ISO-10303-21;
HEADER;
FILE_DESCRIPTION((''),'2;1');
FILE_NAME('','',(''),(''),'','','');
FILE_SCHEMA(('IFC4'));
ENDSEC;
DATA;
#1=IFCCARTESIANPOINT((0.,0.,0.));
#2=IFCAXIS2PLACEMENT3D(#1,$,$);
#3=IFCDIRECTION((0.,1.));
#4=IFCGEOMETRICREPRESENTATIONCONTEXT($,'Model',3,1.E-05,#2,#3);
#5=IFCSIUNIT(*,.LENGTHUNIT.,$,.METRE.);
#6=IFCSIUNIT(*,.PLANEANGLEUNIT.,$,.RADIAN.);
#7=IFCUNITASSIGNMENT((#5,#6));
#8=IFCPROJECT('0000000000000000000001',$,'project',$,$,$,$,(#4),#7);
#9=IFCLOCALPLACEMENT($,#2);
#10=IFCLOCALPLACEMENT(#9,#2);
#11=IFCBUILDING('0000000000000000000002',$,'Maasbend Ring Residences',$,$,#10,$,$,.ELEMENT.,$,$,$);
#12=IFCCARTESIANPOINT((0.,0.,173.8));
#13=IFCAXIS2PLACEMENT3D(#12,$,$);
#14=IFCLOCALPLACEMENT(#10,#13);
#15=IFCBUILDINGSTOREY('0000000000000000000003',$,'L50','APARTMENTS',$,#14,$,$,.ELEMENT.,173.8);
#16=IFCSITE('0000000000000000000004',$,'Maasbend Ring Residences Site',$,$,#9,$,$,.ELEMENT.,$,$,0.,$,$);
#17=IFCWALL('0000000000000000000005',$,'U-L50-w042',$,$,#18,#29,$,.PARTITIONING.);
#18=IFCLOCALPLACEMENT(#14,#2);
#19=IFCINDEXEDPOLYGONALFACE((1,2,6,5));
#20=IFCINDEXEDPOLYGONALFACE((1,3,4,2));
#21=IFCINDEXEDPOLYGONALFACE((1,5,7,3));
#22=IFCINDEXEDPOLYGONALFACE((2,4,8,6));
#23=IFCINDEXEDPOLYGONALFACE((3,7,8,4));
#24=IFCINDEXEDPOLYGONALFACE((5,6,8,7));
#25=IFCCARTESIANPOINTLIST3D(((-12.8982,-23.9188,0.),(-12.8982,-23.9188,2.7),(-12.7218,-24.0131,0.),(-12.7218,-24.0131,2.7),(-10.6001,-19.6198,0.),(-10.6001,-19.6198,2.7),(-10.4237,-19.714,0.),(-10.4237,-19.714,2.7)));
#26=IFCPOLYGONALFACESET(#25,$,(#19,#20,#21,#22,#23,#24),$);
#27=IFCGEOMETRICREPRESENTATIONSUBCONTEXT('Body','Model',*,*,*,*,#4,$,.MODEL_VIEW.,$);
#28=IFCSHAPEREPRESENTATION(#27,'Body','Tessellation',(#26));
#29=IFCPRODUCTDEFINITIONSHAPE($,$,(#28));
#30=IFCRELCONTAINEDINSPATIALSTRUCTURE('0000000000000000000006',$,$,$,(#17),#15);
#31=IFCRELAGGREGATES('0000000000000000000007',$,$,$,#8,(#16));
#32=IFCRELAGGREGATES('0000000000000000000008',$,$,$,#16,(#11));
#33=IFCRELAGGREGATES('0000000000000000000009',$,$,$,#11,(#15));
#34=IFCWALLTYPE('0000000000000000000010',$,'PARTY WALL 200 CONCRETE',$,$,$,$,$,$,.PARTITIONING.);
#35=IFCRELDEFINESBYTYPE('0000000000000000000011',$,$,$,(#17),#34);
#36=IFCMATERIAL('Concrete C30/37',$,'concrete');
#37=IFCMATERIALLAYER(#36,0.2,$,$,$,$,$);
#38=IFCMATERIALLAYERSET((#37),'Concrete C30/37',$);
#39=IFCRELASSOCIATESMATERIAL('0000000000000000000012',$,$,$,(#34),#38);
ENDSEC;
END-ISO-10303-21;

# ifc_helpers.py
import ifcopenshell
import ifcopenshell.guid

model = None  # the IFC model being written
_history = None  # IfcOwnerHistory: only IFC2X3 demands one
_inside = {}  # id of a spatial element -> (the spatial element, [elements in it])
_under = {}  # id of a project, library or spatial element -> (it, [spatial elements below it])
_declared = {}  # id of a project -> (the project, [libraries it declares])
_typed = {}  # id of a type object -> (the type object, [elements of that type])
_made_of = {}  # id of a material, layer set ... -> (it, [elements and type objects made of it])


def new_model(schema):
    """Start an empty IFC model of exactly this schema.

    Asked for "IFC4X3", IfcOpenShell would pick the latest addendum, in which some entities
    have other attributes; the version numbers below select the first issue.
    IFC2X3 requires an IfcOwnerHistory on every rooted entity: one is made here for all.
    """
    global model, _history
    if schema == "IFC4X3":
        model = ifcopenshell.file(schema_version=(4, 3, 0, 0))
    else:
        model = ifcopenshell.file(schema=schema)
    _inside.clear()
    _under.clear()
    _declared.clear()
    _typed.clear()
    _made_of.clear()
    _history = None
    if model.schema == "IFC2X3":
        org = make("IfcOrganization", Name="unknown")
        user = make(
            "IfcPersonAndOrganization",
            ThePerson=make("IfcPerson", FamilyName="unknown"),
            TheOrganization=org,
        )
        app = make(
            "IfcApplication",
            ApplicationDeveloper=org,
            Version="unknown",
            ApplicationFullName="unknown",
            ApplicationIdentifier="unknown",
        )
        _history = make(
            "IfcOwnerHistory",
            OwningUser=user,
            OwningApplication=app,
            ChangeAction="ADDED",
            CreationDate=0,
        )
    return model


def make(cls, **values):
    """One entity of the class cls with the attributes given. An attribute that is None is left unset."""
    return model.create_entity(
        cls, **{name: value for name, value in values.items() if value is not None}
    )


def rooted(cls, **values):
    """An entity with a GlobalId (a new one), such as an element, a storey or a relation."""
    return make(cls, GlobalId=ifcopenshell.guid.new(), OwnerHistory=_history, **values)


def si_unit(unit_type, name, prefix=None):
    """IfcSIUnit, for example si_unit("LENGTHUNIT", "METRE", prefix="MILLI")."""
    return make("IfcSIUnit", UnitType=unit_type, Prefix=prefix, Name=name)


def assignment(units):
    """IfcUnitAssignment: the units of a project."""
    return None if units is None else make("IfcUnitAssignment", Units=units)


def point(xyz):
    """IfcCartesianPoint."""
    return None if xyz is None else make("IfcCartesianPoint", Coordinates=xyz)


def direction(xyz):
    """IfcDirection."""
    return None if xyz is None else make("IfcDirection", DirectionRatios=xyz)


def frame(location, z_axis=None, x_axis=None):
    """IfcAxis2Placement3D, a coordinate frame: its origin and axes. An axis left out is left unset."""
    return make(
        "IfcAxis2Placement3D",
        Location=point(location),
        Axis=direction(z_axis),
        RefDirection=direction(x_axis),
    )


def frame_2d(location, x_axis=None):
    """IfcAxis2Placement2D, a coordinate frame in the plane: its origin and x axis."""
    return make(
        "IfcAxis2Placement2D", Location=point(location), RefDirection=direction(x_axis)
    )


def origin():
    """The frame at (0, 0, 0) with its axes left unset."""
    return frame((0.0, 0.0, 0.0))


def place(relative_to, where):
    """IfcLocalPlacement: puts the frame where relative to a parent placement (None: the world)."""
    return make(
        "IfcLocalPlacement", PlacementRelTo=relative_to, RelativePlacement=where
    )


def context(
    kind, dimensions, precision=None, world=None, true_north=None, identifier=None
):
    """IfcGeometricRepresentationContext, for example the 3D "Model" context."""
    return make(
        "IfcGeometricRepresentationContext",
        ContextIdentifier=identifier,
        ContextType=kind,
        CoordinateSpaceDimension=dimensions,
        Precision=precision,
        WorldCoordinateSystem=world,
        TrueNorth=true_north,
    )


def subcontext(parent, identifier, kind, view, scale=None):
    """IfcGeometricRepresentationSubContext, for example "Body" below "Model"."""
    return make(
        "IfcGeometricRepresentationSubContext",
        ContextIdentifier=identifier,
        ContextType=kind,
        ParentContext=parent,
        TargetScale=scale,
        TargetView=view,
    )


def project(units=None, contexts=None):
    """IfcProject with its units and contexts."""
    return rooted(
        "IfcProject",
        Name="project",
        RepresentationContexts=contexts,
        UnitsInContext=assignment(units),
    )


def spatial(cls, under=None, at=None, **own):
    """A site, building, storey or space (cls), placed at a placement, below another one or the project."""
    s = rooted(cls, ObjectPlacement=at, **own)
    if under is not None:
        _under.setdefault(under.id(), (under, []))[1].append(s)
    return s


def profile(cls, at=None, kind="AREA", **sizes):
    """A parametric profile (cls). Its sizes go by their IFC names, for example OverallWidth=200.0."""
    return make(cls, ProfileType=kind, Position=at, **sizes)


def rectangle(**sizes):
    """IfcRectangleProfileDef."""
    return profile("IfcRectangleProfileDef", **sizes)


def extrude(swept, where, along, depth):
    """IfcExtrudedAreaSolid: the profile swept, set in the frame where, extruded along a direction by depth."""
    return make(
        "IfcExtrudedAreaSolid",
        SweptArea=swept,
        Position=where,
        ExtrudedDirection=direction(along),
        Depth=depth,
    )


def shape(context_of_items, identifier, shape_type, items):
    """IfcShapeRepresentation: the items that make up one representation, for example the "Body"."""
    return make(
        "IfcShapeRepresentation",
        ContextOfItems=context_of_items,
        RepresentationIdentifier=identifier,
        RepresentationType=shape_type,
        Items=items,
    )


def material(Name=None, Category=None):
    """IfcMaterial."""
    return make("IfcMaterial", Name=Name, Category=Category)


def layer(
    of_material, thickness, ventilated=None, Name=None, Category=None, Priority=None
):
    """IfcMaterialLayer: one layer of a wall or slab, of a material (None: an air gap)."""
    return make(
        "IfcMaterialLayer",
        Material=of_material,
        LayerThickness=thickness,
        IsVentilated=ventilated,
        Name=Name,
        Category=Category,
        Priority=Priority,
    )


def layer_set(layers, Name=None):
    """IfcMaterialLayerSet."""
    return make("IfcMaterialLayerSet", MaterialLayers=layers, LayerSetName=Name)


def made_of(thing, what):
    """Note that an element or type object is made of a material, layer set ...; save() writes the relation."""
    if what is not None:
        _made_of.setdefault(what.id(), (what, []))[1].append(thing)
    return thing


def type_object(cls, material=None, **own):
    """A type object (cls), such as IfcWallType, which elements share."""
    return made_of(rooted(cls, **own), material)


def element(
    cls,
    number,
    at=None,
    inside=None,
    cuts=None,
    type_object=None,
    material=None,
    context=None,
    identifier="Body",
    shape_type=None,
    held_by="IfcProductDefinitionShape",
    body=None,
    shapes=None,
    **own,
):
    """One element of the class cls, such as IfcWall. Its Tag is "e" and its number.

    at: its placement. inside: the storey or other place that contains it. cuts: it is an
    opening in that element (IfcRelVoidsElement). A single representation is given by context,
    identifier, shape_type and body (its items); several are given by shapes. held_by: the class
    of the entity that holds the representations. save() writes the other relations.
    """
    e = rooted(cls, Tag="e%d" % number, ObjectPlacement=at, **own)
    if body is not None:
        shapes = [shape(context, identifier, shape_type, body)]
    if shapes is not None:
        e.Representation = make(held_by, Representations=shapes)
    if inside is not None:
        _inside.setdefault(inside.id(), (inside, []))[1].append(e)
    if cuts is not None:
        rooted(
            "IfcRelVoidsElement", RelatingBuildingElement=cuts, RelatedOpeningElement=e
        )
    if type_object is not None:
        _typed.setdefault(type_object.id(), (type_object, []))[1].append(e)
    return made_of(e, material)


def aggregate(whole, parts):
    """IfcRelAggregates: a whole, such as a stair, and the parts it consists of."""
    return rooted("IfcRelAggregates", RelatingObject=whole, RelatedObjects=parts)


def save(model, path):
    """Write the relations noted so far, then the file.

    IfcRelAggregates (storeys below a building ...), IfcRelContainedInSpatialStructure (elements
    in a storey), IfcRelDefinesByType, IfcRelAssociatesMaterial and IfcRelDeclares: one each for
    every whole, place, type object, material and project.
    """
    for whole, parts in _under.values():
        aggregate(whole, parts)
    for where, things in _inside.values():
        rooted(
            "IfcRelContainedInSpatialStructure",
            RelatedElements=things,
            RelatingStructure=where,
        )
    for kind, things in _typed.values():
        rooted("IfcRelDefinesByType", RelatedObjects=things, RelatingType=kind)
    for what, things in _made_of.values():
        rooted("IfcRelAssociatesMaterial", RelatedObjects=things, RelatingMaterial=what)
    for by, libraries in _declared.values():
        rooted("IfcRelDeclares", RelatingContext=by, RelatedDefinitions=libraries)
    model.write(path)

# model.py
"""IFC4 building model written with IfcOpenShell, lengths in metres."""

from ifc_helpers import new_model, si_unit, direction, frame, frame_2d, origin, place, context, subcontext, project, spatial, rectangle, extrude, material, layer, layer_set, type_object, element, save


model = new_model("IFC4")

# Units and contexts
model_context = context("Model", 3, precision=1e-05, world=origin(), true_north=direction((0.0, 1.0)))
body_context = subcontext(model_context, "Body", "Model", "MODEL_VIEW")
ifc_project = project(units=[si_unit("LENGTHUNIT", "METRE"), si_unit("PLANEANGLEUNIT", "RADIAN")], contexts=[model_context])

# Site, building, storey
site_placement = place(None, origin())
site = spatial("IfcSite", under=ifc_project, at=site_placement, Name="Maasbend Ring Residences Site", CompositionType="ELEMENT", RefElevation=0.0)
building_placement = place(site_placement, origin())
building = spatial("IfcBuilding", under=site, at=building_placement, Name="Maasbend Ring Residences", CompositionType="ELEMENT")
storey_placement = place(building_placement, frame((0.0, 0.0, 173.8)))
storey = spatial("IfcBuildingStorey", under=building, at=storey_placement, Name="L50", Description="APARTMENTS", CompositionType="ELEMENT", Elevation=173.8)

# Wall
ifc_material_1 = material(Name="Concrete C30/37", Category="concrete")
ifc_layer_1 = layer(ifc_material_1, 0.2)
ifc_layer_set_1 = layer_set([ifc_layer_1], Name="Concrete C30/37")
wall_type_1 = type_object("IfcWallType", Name="PARTY WALL 200 CONCRETE", PredefinedType="PARTITIONING", material=ifc_layer_set_1)
wall_1_placement = place(storey_placement, frame((-12.8101, -23.9661, 0.0), z_axis=(0.0, 0.0, 1.0), x_axis=(0.471428, 0.881905, 0.0)))
element("IfcWall", 1, at=wall_1_placement, inside=storey, type_object=wall_type_1, Name="U-L50-w042", PredefinedType="PARTITIONING", context=body_context, shape_type="SweptSolid", body=[
    extrude(rectangle(XDim=4.8748, YDim=0.2, at=frame_2d((2.4375, 0.0))), origin(), (0.0, 0.0, 1.0), 2.7),
])

save(model, "model.ifc")
